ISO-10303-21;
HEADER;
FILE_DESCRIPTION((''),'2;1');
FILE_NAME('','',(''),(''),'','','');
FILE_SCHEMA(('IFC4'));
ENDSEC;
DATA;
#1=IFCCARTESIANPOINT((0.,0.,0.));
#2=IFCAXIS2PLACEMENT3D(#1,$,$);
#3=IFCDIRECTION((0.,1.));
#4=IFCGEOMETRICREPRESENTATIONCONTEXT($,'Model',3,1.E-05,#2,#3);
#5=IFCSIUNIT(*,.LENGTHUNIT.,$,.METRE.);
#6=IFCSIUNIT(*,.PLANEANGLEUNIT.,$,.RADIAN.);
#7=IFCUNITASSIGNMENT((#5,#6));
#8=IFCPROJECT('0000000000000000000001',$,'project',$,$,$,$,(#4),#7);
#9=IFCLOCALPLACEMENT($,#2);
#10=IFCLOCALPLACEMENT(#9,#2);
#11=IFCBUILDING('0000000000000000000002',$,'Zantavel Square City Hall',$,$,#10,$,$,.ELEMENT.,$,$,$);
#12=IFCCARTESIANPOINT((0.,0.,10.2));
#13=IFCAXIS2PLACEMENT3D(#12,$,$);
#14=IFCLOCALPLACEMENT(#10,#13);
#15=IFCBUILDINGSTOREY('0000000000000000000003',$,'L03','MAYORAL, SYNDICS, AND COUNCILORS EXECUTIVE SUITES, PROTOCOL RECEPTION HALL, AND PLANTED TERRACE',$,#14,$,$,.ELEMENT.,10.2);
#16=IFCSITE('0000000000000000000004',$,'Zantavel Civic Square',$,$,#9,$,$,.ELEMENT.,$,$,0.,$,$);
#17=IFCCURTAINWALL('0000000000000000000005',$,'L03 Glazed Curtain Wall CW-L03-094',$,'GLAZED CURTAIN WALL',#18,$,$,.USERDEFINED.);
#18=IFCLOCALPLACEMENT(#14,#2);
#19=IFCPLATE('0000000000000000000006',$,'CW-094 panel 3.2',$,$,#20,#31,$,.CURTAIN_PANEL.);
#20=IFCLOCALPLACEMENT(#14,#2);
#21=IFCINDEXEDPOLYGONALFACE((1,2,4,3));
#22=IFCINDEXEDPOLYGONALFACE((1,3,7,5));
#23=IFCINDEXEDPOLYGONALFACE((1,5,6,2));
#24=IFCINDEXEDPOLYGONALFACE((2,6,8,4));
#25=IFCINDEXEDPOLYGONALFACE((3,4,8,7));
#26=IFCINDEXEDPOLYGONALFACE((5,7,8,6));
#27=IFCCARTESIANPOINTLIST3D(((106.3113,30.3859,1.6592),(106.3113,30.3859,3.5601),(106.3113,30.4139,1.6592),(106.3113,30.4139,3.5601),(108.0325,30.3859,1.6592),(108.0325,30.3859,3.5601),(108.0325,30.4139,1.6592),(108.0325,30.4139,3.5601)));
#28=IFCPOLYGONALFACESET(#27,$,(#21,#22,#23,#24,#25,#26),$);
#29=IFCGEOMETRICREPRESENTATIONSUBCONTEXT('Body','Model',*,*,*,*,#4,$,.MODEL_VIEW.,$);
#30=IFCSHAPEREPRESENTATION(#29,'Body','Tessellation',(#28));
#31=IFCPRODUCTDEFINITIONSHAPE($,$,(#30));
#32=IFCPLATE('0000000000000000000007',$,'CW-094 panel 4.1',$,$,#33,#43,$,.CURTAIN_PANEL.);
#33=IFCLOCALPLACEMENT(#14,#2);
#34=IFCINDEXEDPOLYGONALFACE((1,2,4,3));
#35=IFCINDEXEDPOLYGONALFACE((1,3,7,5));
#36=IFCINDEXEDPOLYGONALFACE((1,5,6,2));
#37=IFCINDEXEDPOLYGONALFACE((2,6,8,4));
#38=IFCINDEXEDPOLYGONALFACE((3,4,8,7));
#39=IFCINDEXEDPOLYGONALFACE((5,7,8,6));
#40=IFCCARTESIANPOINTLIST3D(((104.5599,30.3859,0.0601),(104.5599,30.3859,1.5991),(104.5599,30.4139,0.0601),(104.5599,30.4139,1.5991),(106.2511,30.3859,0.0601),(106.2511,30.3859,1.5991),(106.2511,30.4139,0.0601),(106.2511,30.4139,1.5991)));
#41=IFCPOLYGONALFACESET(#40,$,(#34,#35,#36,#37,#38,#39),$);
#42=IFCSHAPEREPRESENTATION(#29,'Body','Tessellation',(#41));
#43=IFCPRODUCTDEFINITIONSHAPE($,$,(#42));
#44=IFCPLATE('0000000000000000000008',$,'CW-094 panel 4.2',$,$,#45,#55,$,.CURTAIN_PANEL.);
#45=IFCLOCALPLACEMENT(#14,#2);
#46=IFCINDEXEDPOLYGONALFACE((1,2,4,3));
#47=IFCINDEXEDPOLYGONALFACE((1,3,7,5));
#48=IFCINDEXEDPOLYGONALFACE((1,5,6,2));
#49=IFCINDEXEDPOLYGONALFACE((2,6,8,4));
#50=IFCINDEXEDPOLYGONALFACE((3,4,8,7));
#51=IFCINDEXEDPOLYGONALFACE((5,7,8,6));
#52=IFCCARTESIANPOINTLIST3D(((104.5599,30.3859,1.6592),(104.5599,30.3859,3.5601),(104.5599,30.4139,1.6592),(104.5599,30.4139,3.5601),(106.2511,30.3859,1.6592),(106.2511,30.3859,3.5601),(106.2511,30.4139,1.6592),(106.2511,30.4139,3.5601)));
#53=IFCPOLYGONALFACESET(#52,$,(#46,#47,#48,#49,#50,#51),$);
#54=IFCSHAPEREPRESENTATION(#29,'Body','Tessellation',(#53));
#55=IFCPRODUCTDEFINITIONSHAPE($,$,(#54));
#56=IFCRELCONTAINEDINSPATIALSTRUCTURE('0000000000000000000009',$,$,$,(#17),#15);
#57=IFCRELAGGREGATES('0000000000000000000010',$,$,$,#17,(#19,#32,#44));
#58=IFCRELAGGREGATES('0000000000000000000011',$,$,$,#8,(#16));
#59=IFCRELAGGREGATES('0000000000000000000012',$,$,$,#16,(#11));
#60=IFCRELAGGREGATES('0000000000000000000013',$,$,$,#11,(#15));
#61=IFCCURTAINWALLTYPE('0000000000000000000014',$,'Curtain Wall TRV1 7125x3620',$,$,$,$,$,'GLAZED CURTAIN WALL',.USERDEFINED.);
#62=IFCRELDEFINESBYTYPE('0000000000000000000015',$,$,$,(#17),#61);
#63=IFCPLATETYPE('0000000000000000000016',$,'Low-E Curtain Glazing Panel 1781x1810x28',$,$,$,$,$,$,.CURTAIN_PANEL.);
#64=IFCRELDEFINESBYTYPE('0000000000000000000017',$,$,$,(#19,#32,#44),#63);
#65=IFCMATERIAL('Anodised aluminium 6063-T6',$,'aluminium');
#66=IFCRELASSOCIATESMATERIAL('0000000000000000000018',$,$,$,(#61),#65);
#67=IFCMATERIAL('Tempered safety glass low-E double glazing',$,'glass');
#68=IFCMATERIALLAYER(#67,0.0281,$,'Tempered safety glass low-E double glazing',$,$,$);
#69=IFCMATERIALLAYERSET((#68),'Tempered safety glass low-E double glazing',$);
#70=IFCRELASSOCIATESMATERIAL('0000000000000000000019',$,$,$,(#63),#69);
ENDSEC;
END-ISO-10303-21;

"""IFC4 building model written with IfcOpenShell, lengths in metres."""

from ifc_helpers import new_model, si_unit, direction, frame, origin, origin_2d, place, context, subcontext, project, spatial, rectangle, extrude, material, layer, layer_set, type_object, element, aggregate, save


model = new_model("IFC4")

# Units and contexts
model_context = context("Model", 3, precision=1e-05, world=origin(), true_north=direction((0.0, 1.0)))
body_context = subcontext(model_context, "Body", "Model", "MODEL_VIEW")
ifc_project = project(units=[si_unit("LENGTHUNIT", "METRE"), si_unit("PLANEANGLEUNIT", "RADIAN")], contexts=[model_context])

# Site, building, storey
site_placement = place(None, origin())
site = spatial("IfcSite", under=ifc_project, at=site_placement, Name="Zantavel Civic Square", CompositionType="ELEMENT", RefElevation=0.0)
building_placement = place(site_placement, origin())
building = spatial("IfcBuilding", under=site, at=building_placement, Name="Zantavel Square City Hall", CompositionType="ELEMENT")
storey_placement = place(building_placement, frame((0.0, 0.0, 10.2)))
storey = spatial("IfcBuildingStorey", under=building, at=storey_placement, Name="L03", Description="MAYORAL, SYNDICS, AND COUNCILORS EXECUTIVE SUITES, PROTOCOL RECEPTION HALL, AND PLANTED TERRACE", CompositionType="ELEMENT", Elevation=10.2)

# Curtain wall
ifc_material_1 = material(Name="Anodised aluminium 6063-T6", Category="aluminium")
curtain_wall_type = type_object("IfcCurtainWallType", Name="Curtain Wall TRV1 7125x3620", ElementType="GLAZED CURTAIN WALL", PredefinedType="USERDEFINED", material=ifc_material_1)
curtain_wall_placement = place(storey_placement, origin())
curtain_wall = element("IfcCurtainWall", 1, at=curtain_wall_placement, inside=storey, type_object=curtain_wall_type, Name="L03 Glazed Curtain Wall CW-L03-094", ObjectType="GLAZED CURTAIN WALL", PredefinedType="USERDEFINED")

# Plates
ifc_material_2 = material(Name="Tempered safety glass low-E double glazing", Category="glass")
ifc_layer = layer(ifc_material_2, 0.0281, Name="Tempered safety glass low-E double glazing")
ifc_layer_set = layer_set([ifc_layer], Name="Tempered safety glass low-E double glazing")
plate_type = type_object("IfcPlateType", Name="Low-E Curtain Glazing Panel 1781x1810x28", PredefinedType="CURTAIN_PANEL", material=ifc_layer_set)
plate_1_placement = place(storey_placement, frame((107.1719, 30.3999, 1.6592), z_axis=(0.0, 0.0, 1.0), x_axis=(-1.0, 0.0, 0.0)))
plate_1 = element("IfcPlate", 2, at=plate_1_placement, type_object=plate_type, Name="CW-094 panel 3.2", PredefinedType="CURTAIN_PANEL", context=body_context, shape_type="SweptSolid", body=[
    extrude(rectangle(XDim=1.7212, YDim=0.0281, at=origin_2d()), origin(), (0.0, 0.0, 1.0), 1.9009),
])
plate_2_placement = place(storey_placement, frame((105.4055, 30.3999, 0.0601), z_axis=(0.0, 0.0, 1.0), x_axis=(-1.0, 0.0, 0.0)))
plate_2 = element("IfcPlate", 3, at=plate_2_placement, type_object=plate_type, Name="CW-094 panel 4.1", PredefinedType="CURTAIN_PANEL", context=body_context, shape_type="SweptSolid", body=[
    extrude(rectangle(XDim=1.6912, YDim=0.0281, at=origin_2d()), origin(), (0.0, 0.0, 1.0), 1.5391),
])
plate_3_placement = place(storey_placement, frame((105.4055, 30.3999, 1.6592), z_axis=(0.0, 0.0, 1.0), x_axis=(-1.0, 0.0, 0.0)))
plate_3 = element("IfcPlate", 4, at=plate_3_placement, type_object=plate_type, Name="CW-094 panel 4.2", PredefinedType="CURTAIN_PANEL", context=body_context, shape_type="SweptSolid", body=[
    extrude(rectangle(XDim=1.6912, YDim=0.0281, at=origin_2d()), origin(), (0.0, 0.0, 1.0), 1.9009),
])
aggregate(curtain_wall, [plate_1, plate_2, plate_3])

save(model, "model.ifc")
